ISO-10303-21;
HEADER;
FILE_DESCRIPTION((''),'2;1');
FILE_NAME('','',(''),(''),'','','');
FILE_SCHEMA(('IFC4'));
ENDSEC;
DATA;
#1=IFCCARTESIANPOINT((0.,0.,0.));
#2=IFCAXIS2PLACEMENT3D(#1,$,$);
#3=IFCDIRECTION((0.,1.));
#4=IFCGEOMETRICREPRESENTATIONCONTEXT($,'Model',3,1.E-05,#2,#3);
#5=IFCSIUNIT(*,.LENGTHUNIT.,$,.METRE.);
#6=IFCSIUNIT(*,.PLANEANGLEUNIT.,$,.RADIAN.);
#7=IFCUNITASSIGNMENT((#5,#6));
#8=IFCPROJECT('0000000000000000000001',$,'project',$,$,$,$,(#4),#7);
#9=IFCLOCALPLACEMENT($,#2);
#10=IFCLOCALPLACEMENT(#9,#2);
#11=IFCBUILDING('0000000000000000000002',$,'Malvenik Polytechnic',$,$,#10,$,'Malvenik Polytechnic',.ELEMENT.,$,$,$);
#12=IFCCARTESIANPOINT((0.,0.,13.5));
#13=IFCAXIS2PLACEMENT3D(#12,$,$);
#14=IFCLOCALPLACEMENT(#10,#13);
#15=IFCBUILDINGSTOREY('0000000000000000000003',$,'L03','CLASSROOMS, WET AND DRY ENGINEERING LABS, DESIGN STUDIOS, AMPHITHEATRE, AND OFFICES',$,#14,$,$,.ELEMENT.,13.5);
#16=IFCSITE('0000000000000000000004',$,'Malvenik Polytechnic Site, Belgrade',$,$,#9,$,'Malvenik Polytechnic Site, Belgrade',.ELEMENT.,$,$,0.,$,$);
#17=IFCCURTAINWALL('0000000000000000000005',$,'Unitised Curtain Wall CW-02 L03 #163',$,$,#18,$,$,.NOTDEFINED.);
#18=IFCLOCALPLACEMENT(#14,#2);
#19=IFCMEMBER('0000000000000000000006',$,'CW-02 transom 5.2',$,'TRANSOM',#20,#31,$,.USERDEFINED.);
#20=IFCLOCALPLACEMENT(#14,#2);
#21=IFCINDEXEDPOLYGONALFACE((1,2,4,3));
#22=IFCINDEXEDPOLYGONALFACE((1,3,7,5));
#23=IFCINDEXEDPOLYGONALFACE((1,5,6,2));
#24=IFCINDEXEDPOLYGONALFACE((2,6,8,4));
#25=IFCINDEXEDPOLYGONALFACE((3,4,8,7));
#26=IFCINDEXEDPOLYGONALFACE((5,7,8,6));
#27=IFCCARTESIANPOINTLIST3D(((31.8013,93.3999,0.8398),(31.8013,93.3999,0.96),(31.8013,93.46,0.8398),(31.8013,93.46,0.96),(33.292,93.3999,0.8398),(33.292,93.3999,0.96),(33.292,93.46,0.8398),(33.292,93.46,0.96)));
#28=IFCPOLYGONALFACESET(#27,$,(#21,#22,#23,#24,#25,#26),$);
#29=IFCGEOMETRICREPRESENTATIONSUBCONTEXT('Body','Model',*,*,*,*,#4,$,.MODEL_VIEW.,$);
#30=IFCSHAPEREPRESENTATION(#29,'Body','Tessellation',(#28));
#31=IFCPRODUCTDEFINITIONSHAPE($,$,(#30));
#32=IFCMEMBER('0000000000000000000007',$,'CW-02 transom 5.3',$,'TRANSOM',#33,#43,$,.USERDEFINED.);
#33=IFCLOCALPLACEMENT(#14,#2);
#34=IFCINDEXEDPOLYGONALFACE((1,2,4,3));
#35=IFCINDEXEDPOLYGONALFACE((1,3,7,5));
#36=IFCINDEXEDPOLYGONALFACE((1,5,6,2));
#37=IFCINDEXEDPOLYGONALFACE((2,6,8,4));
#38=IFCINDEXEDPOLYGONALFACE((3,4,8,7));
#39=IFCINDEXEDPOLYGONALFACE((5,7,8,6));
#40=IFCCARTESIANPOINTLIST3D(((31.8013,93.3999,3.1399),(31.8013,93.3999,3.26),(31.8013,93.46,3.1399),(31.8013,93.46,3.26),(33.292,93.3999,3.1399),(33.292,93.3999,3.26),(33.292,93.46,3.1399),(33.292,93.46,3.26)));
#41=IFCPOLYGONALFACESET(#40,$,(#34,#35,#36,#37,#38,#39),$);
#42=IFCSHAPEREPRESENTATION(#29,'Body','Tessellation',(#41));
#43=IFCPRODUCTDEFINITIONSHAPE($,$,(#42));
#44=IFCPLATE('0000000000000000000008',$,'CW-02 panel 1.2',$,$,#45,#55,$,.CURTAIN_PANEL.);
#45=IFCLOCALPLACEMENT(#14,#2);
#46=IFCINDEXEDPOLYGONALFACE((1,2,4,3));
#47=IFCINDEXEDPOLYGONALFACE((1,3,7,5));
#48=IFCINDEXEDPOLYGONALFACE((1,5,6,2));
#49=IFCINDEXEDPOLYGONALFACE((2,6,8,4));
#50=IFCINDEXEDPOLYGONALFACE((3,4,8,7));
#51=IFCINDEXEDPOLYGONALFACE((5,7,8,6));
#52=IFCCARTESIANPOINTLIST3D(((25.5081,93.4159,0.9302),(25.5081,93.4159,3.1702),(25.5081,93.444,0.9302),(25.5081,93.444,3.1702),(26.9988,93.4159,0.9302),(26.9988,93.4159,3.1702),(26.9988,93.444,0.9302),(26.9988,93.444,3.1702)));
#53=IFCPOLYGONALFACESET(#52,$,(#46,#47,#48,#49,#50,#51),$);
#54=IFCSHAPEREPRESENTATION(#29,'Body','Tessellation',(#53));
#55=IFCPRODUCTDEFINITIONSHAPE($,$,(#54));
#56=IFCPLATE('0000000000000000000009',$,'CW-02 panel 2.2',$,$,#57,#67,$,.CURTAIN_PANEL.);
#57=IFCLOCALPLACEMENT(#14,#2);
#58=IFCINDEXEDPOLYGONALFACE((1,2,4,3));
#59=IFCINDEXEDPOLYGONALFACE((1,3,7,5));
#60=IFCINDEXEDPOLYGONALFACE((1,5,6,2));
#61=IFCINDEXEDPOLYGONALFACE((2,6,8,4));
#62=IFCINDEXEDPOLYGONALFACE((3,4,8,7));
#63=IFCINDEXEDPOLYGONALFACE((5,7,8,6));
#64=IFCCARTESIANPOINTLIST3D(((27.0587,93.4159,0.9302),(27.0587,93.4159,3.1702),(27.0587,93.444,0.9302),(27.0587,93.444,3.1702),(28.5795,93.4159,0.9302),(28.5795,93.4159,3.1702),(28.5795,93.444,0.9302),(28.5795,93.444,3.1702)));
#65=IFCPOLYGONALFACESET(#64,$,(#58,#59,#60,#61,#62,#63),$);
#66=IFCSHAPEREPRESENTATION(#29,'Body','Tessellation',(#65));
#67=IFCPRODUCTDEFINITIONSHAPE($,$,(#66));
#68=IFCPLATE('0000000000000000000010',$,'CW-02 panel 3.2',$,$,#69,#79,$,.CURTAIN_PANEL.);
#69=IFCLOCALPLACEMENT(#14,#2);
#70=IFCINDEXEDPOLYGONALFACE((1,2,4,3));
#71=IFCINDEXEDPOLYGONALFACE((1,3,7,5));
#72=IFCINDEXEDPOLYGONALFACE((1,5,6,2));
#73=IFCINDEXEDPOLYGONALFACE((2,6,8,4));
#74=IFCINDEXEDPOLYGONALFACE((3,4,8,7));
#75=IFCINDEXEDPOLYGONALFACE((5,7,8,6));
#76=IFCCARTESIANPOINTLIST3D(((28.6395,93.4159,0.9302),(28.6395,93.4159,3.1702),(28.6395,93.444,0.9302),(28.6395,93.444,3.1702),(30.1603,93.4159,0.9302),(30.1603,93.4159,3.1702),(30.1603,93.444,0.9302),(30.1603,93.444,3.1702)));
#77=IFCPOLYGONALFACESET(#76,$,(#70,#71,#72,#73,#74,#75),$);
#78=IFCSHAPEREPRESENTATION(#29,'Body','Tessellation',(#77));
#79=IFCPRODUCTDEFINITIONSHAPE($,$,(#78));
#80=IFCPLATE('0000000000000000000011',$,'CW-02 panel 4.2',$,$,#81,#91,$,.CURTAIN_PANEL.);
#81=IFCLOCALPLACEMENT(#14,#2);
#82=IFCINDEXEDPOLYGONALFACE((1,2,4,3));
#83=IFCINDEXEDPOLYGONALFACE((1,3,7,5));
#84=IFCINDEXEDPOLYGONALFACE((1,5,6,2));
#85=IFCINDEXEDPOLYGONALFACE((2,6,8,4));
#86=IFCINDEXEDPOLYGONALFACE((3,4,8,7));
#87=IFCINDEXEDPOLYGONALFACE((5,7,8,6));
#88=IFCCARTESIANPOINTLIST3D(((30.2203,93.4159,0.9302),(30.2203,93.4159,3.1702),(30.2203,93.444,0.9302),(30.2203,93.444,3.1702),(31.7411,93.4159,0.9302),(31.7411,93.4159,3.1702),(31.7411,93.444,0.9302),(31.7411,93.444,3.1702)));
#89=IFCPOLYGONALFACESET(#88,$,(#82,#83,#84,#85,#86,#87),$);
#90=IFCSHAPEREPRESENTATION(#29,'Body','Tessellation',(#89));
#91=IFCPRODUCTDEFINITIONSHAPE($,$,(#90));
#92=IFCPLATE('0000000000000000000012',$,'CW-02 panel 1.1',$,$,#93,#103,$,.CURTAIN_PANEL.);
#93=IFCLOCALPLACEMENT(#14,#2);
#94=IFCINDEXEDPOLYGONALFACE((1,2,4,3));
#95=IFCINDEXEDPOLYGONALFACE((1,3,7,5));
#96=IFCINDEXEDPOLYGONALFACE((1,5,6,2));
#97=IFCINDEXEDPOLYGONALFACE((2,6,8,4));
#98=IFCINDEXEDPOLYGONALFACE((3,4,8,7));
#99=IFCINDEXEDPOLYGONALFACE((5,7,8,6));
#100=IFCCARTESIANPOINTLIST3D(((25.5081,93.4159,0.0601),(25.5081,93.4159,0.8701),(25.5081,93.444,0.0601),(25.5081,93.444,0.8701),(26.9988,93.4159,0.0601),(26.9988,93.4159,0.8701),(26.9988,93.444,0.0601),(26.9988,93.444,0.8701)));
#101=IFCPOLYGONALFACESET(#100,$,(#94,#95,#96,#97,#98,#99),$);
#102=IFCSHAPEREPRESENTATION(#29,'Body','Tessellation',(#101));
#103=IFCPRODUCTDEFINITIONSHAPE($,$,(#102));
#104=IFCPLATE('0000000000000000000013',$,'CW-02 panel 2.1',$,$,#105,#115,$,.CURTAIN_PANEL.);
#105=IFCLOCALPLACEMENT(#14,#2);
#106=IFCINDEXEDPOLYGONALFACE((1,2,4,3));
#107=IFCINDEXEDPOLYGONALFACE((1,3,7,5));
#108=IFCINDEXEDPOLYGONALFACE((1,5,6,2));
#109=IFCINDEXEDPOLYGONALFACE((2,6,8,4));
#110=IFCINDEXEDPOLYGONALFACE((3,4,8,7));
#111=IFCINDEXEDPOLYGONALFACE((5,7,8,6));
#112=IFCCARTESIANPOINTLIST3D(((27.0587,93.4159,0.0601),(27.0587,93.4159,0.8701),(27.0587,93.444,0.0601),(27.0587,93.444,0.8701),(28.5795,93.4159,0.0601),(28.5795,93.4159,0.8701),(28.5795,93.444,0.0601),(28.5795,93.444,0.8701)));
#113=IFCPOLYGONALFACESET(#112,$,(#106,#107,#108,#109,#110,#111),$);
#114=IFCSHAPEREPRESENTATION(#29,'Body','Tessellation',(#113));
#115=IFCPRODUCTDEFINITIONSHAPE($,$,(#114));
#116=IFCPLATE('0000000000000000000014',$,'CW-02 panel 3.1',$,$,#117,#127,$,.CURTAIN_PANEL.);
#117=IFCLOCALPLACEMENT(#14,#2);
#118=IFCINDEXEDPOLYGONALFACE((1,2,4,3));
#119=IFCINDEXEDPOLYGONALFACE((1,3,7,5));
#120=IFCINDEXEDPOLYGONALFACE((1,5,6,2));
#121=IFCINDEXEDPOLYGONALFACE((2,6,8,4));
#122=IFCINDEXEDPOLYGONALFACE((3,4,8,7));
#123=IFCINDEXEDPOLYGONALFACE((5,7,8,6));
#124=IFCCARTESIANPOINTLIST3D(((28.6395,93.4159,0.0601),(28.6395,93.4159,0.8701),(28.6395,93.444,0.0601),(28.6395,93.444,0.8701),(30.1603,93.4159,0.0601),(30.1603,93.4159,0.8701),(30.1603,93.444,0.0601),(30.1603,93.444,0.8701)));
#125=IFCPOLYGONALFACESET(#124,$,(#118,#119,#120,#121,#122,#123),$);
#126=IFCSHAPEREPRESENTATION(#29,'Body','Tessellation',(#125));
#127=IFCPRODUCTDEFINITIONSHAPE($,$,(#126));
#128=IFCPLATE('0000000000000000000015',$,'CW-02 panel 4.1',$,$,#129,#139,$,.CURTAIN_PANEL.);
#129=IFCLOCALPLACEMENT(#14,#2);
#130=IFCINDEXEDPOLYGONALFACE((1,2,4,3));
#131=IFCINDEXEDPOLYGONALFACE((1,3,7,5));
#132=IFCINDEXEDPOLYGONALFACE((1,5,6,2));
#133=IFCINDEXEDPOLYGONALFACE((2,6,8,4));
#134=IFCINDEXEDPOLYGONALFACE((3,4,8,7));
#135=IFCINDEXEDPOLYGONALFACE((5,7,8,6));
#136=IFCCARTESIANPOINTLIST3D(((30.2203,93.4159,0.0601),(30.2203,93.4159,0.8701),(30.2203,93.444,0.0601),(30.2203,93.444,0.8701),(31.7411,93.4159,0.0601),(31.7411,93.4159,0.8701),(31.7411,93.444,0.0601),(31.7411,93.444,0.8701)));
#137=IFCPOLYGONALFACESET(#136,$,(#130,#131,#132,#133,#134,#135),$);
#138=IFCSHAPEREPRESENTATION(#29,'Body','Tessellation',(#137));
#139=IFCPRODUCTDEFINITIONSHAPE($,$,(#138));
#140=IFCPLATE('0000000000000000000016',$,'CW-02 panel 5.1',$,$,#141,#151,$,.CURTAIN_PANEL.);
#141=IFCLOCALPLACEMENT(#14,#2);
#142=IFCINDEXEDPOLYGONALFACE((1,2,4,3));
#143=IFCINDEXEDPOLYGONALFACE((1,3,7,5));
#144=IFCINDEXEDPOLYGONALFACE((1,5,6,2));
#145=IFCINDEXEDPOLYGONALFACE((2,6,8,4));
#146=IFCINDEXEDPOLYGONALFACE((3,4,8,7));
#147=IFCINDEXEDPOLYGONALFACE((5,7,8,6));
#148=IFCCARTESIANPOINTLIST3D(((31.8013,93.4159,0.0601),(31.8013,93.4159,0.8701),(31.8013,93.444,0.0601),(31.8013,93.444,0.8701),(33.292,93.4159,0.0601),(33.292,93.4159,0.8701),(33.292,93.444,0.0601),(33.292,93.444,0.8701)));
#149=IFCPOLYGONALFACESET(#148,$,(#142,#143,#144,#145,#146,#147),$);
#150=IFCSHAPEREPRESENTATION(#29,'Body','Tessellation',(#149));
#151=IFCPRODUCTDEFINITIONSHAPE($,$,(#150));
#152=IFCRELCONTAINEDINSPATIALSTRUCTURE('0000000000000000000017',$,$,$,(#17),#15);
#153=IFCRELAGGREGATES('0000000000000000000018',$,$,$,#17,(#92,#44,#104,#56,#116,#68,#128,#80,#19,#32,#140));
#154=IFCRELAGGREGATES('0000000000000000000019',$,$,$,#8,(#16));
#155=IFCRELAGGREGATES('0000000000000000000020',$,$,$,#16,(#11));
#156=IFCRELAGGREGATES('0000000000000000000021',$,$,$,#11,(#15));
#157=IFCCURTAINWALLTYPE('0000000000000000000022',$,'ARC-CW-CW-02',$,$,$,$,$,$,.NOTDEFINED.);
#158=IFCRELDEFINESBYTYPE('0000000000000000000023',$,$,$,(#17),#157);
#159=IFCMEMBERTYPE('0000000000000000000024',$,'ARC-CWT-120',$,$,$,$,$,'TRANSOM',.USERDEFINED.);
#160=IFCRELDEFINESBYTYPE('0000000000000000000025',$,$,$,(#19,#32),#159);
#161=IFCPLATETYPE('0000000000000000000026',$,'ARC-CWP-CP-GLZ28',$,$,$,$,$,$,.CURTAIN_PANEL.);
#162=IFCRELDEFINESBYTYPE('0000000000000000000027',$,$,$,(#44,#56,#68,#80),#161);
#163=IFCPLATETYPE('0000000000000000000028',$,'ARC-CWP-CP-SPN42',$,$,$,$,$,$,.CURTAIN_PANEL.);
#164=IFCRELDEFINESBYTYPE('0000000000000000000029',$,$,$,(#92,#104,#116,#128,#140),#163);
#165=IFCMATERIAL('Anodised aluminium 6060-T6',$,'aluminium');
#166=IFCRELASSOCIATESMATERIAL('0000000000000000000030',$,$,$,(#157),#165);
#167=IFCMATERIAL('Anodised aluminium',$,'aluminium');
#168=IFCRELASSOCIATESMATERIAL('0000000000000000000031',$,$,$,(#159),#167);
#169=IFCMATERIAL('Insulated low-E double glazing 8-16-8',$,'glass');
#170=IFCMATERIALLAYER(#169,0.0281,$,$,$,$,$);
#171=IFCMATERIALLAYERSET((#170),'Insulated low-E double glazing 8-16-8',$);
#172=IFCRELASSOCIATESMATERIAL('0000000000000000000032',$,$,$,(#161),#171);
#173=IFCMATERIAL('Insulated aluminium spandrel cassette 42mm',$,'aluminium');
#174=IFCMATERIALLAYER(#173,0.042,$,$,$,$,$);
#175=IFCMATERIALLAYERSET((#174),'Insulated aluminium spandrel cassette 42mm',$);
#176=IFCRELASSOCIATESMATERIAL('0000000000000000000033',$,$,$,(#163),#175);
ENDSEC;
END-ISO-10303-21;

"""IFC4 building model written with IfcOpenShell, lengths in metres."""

from ifc_helpers import new_model, si_unit, direction, frame, origin, origin_2d, place, context, subcontext, project, spatial, rectangle, extrude, material, layer, layer_set, material_profile, profile_set, type_object, element, aggregate, save


model = new_model("IFC4")

# Units and contexts
model_context = context("Model", 3, precision=1e-05, world=origin(), true_north=direction((0.0, 1.0)))
body_context = subcontext(model_context, "Body", "Model", "MODEL_VIEW")
ifc_project = project(units=[si_unit("LENGTHUNIT", "METRE"), si_unit("PLANEANGLEUNIT", "RADIAN")], contexts=[model_context])

# Site, building, storey
site_placement = place(None, origin())
site = spatial("IfcSite", under=ifc_project, at=site_placement, Name="Malvenik Polytechnic Site, Belgrade", LongName="Malvenik Polytechnic Site, Belgrade", CompositionType="ELEMENT", RefElevation=0.0)
building_placement = place(site_placement, origin())
building = spatial("IfcBuilding", under=site, at=building_placement, Name="Malvenik Polytechnic", LongName="Malvenik Polytechnic", CompositionType="ELEMENT")
storey_placement = place(building_placement, frame((0.0, 0.0, 13.5)))
storey = spatial("IfcBuildingStorey", under=building, at=storey_placement, Name="L03", Description="CLASSROOMS, WET AND DRY ENGINEERING LABS, DESIGN STUDIOS, AMPHITHEATRE, AND OFFICES", CompositionType="ELEMENT", Elevation=13.5)

# Curtain wall, members, plates
ifc_material_1 = material(Name="Anodised aluminium 6060-T6", Category="aluminium")
curtain_wall_type = type_object("IfcCurtainWallType", Name="ARC-CW-CW-02", PredefinedType="NOTDEFINED", material=ifc_material_1)
curtain_wall_placement = place(storey_placement, origin())
curtain_wall = element("IfcCurtainWall", 1, at=curtain_wall_placement, inside=storey, type_object=curtain_wall_type, Name="Unitised Curtain Wall CW-02 L03 #163", PredefinedType="NOTDEFINED")
ifc_material_2 = material(Name="Anodised aluminium", Category="aluminium")
ifc_material_profile_1 = material_profile(ifc_material_2, rectangle(XDim=0.0601, YDim=0.1201, at=origin_2d()), Name="ALU TRANSOM 60x120")
ifc_profile_set_1 = profile_set([ifc_material_profile_1], Name="Anodised aluminium")
member_type_1 = type_object("IfcMemberType", Name="ARC-CWT-120", ElementType="TRANSOM", PredefinedType="USERDEFINED", material=ifc_profile_set_1)
member_1_placement = place(storey_placement, frame((31.8013, 93.4299, 0.8999), z_axis=(1.0, 0.0, 0.0), x_axis=(0.0, 1.0, 0.0)))
member_1 = element("IfcMember", 2, at=member_1_placement, type_object=member_type_1, Name="CW-02 transom 5.2", ObjectType="TRANSOM", PredefinedType="USERDEFINED", context=body_context, shape_type="SweptSolid", body=[
    extrude(rectangle(XDim=0.0601, YDim=0.1201, at=origin_2d()), origin(), (0.0, 0.0, 1.0), 1.4907),
])
member_2_placement = place(storey_placement, frame((31.8013, 93.4299, 3.2), z_axis=(1.0, 0.0, 0.0), x_axis=(0.0, 1.0, 0.0)))
member_2 = element("IfcMember", 3, at=member_2_placement, type_object=member_type_1, Name="CW-02 transom 5.3", ObjectType="TRANSOM", PredefinedType="USERDEFINED", context=body_context, shape_type="SweptSolid", body=[
    extrude(rectangle(XDim=0.0601, YDim=0.1201, at=origin_2d()), origin(), (0.0, 0.0, 1.0), 1.4907),
])
ifc_material_3 = material(Name="Insulated low-E double glazing 8-16-8", Category="glass")
ifc_layer_1 = layer(ifc_material_3, 0.0281)
ifc_layer_set_1 = layer_set([ifc_layer_1], Name="Insulated low-E double glazing 8-16-8")
plate_type_1 = type_object("IfcPlateType", Name="ARC-CWP-CP-GLZ28", PredefinedType="CURTAIN_PANEL", material=ifc_layer_set_1)
plate_1_placement = place(storey_placement, frame((26.2534, 93.4299, 0.9302), z_axis=(0.0, 0.0, 1.0), x_axis=(1.0, 0.0, 0.0)))
plate_1 = element("IfcPlate", 4, at=plate_1_placement, type_object=plate_type_1, Name="CW-02 panel 1.2", PredefinedType="CURTAIN_PANEL", context=body_context, shape_type="SweptSolid", body=[
    extrude(rectangle(XDim=1.4907, YDim=0.0281, at=origin_2d()), origin(), (0.0, 0.0, 1.0), 2.24),
])
plate_2_placement = place(storey_placement, frame((27.8191, 93.4299, 0.9302), z_axis=(0.0, 0.0, 1.0), x_axis=(1.0, 0.0, 0.0)))
plate_2 = element("IfcPlate", 5, at=plate_2_placement, type_object=plate_type_1, Name="CW-02 panel 2.2", PredefinedType="CURTAIN_PANEL", context=body_context, shape_type="SweptSolid", body=[
    extrude(rectangle(XDim=1.5208, YDim=0.0281, at=origin_2d()), origin(), (0.0, 0.0, 1.0), 2.24),
])
plate_3_placement = place(storey_placement, frame((29.3999, 93.4299, 0.9302), z_axis=(0.0, 0.0, 1.0), x_axis=(1.0, 0.0, 0.0)))
plate_3 = element("IfcPlate", 6, at=plate_3_placement, type_object=plate_type_1, Name="CW-02 panel 3.2", PredefinedType="CURTAIN_PANEL", context=body_context, shape_type="SweptSolid", body=[
    extrude(rectangle(XDim=1.5208, YDim=0.0281, at=origin_2d()), origin(), (0.0, 0.0, 1.0), 2.24),
])
plate_4_placement = place(storey_placement, frame((30.9807, 93.4299, 0.9302), z_axis=(0.0, 0.0, 1.0), x_axis=(1.0, 0.0, 0.0)))
plate_4 = element("IfcPlate", 7, at=plate_4_placement, type_object=plate_type_1, Name="CW-02 panel 4.2", PredefinedType="CURTAIN_PANEL", context=body_context, shape_type="SweptSolid", body=[
    extrude(rectangle(XDim=1.5208, YDim=0.0281, at=origin_2d()), origin(), (0.0, 0.0, 1.0), 2.24),
])
ifc_material_4 = material(Name="Insulated aluminium spandrel cassette 42mm", Category="aluminium")
ifc_layer_2 = layer(ifc_material_4, 0.042)
ifc_layer_set_2 = layer_set([ifc_layer_2], Name="Insulated aluminium spandrel cassette 42mm")
plate_type_2 = type_object("IfcPlateType", Name="ARC-CWP-CP-SPN42", PredefinedType="CURTAIN_PANEL", material=ifc_layer_set_2)
plate_5_placement = place(storey_placement, frame((26.2534, 93.4299, 0.0601), z_axis=(0.0, 0.0, 1.0), x_axis=(1.0, 0.0, 0.0)))
plate_5 = element("IfcPlate", 8, at=plate_5_placement, type_object=plate_type_2, Name="CW-02 panel 1.1", PredefinedType="CURTAIN_PANEL", context=body_context, shape_type="SweptSolid", body=[
    extrude(rectangle(XDim=1.4907, YDim=0.0281, at=origin_2d()), origin(), (0.0, 0.0, 1.0), 0.8101),
])
plate_6_placement = place(storey_placement, frame((27.8191, 93.4299, 0.0601), z_axis=(0.0, 0.0, 1.0), x_axis=(1.0, 0.0, 0.0)))
plate_6 = element("IfcPlate", 9, at=plate_6_placement, type_object=plate_type_2, Name="CW-02 panel 2.1", PredefinedType="CURTAIN_PANEL", context=body_context, shape_type="SweptSolid", body=[
    extrude(rectangle(XDim=1.5208, YDim=0.0281, at=origin_2d()), origin(), (0.0, 0.0, 1.0), 0.8101),
])
plate_7_placement = place(storey_placement, frame((29.3999, 93.4299, 0.0601), z_axis=(0.0, 0.0, 1.0), x_axis=(1.0, 0.0, 0.0)))
plate_7 = element("IfcPlate", 10, at=plate_7_placement, type_object=plate_type_2, Name="CW-02 panel 3.1", PredefinedType="CURTAIN_PANEL", context=body_context, shape_type="SweptSolid", body=[
    extrude(rectangle(XDim=1.5208, YDim=0.0281, at=origin_2d()), origin(), (0.0, 0.0, 1.0), 0.8101),
])
plate_8_placement = place(storey_placement, frame((30.9807, 93.4299, 0.0601), z_axis=(0.0, 0.0, 1.0), x_axis=(1.0, 0.0, 0.0)))
plate_8 = element("IfcPlate", 11, at=plate_8_placement, type_object=plate_type_2, Name="CW-02 panel 4.1", PredefinedType="CURTAIN_PANEL", context=body_context, shape_type="SweptSolid", body=[
    extrude(rectangle(XDim=1.5208, YDim=0.0281, at=origin_2d()), origin(), (0.0, 0.0, 1.0), 0.8101),
])
plate_9_placement = place(storey_placement, frame((32.5466, 93.4299, 0.0601), z_axis=(0.0, 0.0, 1.0), x_axis=(1.0, 0.0, 0.0)))
plate_9 = element("IfcPlate", 12, at=plate_9_placement, type_object=plate_type_2, Name="CW-02 panel 5.1", PredefinedType="CURTAIN_PANEL", context=body_context, shape_type="SweptSolid", body=[
    extrude(rectangle(XDim=1.4907, YDim=0.0281, at=origin_2d()), origin(), (0.0, 0.0, 1.0), 0.8101),
])
aggregate(curtain_wall, [plate_5, plate_1, plate_6, plate_2, plate_7, plate_3, plate_8, plate_4, member_1, member_2, plate_9])

save(model, "model.ifc")
